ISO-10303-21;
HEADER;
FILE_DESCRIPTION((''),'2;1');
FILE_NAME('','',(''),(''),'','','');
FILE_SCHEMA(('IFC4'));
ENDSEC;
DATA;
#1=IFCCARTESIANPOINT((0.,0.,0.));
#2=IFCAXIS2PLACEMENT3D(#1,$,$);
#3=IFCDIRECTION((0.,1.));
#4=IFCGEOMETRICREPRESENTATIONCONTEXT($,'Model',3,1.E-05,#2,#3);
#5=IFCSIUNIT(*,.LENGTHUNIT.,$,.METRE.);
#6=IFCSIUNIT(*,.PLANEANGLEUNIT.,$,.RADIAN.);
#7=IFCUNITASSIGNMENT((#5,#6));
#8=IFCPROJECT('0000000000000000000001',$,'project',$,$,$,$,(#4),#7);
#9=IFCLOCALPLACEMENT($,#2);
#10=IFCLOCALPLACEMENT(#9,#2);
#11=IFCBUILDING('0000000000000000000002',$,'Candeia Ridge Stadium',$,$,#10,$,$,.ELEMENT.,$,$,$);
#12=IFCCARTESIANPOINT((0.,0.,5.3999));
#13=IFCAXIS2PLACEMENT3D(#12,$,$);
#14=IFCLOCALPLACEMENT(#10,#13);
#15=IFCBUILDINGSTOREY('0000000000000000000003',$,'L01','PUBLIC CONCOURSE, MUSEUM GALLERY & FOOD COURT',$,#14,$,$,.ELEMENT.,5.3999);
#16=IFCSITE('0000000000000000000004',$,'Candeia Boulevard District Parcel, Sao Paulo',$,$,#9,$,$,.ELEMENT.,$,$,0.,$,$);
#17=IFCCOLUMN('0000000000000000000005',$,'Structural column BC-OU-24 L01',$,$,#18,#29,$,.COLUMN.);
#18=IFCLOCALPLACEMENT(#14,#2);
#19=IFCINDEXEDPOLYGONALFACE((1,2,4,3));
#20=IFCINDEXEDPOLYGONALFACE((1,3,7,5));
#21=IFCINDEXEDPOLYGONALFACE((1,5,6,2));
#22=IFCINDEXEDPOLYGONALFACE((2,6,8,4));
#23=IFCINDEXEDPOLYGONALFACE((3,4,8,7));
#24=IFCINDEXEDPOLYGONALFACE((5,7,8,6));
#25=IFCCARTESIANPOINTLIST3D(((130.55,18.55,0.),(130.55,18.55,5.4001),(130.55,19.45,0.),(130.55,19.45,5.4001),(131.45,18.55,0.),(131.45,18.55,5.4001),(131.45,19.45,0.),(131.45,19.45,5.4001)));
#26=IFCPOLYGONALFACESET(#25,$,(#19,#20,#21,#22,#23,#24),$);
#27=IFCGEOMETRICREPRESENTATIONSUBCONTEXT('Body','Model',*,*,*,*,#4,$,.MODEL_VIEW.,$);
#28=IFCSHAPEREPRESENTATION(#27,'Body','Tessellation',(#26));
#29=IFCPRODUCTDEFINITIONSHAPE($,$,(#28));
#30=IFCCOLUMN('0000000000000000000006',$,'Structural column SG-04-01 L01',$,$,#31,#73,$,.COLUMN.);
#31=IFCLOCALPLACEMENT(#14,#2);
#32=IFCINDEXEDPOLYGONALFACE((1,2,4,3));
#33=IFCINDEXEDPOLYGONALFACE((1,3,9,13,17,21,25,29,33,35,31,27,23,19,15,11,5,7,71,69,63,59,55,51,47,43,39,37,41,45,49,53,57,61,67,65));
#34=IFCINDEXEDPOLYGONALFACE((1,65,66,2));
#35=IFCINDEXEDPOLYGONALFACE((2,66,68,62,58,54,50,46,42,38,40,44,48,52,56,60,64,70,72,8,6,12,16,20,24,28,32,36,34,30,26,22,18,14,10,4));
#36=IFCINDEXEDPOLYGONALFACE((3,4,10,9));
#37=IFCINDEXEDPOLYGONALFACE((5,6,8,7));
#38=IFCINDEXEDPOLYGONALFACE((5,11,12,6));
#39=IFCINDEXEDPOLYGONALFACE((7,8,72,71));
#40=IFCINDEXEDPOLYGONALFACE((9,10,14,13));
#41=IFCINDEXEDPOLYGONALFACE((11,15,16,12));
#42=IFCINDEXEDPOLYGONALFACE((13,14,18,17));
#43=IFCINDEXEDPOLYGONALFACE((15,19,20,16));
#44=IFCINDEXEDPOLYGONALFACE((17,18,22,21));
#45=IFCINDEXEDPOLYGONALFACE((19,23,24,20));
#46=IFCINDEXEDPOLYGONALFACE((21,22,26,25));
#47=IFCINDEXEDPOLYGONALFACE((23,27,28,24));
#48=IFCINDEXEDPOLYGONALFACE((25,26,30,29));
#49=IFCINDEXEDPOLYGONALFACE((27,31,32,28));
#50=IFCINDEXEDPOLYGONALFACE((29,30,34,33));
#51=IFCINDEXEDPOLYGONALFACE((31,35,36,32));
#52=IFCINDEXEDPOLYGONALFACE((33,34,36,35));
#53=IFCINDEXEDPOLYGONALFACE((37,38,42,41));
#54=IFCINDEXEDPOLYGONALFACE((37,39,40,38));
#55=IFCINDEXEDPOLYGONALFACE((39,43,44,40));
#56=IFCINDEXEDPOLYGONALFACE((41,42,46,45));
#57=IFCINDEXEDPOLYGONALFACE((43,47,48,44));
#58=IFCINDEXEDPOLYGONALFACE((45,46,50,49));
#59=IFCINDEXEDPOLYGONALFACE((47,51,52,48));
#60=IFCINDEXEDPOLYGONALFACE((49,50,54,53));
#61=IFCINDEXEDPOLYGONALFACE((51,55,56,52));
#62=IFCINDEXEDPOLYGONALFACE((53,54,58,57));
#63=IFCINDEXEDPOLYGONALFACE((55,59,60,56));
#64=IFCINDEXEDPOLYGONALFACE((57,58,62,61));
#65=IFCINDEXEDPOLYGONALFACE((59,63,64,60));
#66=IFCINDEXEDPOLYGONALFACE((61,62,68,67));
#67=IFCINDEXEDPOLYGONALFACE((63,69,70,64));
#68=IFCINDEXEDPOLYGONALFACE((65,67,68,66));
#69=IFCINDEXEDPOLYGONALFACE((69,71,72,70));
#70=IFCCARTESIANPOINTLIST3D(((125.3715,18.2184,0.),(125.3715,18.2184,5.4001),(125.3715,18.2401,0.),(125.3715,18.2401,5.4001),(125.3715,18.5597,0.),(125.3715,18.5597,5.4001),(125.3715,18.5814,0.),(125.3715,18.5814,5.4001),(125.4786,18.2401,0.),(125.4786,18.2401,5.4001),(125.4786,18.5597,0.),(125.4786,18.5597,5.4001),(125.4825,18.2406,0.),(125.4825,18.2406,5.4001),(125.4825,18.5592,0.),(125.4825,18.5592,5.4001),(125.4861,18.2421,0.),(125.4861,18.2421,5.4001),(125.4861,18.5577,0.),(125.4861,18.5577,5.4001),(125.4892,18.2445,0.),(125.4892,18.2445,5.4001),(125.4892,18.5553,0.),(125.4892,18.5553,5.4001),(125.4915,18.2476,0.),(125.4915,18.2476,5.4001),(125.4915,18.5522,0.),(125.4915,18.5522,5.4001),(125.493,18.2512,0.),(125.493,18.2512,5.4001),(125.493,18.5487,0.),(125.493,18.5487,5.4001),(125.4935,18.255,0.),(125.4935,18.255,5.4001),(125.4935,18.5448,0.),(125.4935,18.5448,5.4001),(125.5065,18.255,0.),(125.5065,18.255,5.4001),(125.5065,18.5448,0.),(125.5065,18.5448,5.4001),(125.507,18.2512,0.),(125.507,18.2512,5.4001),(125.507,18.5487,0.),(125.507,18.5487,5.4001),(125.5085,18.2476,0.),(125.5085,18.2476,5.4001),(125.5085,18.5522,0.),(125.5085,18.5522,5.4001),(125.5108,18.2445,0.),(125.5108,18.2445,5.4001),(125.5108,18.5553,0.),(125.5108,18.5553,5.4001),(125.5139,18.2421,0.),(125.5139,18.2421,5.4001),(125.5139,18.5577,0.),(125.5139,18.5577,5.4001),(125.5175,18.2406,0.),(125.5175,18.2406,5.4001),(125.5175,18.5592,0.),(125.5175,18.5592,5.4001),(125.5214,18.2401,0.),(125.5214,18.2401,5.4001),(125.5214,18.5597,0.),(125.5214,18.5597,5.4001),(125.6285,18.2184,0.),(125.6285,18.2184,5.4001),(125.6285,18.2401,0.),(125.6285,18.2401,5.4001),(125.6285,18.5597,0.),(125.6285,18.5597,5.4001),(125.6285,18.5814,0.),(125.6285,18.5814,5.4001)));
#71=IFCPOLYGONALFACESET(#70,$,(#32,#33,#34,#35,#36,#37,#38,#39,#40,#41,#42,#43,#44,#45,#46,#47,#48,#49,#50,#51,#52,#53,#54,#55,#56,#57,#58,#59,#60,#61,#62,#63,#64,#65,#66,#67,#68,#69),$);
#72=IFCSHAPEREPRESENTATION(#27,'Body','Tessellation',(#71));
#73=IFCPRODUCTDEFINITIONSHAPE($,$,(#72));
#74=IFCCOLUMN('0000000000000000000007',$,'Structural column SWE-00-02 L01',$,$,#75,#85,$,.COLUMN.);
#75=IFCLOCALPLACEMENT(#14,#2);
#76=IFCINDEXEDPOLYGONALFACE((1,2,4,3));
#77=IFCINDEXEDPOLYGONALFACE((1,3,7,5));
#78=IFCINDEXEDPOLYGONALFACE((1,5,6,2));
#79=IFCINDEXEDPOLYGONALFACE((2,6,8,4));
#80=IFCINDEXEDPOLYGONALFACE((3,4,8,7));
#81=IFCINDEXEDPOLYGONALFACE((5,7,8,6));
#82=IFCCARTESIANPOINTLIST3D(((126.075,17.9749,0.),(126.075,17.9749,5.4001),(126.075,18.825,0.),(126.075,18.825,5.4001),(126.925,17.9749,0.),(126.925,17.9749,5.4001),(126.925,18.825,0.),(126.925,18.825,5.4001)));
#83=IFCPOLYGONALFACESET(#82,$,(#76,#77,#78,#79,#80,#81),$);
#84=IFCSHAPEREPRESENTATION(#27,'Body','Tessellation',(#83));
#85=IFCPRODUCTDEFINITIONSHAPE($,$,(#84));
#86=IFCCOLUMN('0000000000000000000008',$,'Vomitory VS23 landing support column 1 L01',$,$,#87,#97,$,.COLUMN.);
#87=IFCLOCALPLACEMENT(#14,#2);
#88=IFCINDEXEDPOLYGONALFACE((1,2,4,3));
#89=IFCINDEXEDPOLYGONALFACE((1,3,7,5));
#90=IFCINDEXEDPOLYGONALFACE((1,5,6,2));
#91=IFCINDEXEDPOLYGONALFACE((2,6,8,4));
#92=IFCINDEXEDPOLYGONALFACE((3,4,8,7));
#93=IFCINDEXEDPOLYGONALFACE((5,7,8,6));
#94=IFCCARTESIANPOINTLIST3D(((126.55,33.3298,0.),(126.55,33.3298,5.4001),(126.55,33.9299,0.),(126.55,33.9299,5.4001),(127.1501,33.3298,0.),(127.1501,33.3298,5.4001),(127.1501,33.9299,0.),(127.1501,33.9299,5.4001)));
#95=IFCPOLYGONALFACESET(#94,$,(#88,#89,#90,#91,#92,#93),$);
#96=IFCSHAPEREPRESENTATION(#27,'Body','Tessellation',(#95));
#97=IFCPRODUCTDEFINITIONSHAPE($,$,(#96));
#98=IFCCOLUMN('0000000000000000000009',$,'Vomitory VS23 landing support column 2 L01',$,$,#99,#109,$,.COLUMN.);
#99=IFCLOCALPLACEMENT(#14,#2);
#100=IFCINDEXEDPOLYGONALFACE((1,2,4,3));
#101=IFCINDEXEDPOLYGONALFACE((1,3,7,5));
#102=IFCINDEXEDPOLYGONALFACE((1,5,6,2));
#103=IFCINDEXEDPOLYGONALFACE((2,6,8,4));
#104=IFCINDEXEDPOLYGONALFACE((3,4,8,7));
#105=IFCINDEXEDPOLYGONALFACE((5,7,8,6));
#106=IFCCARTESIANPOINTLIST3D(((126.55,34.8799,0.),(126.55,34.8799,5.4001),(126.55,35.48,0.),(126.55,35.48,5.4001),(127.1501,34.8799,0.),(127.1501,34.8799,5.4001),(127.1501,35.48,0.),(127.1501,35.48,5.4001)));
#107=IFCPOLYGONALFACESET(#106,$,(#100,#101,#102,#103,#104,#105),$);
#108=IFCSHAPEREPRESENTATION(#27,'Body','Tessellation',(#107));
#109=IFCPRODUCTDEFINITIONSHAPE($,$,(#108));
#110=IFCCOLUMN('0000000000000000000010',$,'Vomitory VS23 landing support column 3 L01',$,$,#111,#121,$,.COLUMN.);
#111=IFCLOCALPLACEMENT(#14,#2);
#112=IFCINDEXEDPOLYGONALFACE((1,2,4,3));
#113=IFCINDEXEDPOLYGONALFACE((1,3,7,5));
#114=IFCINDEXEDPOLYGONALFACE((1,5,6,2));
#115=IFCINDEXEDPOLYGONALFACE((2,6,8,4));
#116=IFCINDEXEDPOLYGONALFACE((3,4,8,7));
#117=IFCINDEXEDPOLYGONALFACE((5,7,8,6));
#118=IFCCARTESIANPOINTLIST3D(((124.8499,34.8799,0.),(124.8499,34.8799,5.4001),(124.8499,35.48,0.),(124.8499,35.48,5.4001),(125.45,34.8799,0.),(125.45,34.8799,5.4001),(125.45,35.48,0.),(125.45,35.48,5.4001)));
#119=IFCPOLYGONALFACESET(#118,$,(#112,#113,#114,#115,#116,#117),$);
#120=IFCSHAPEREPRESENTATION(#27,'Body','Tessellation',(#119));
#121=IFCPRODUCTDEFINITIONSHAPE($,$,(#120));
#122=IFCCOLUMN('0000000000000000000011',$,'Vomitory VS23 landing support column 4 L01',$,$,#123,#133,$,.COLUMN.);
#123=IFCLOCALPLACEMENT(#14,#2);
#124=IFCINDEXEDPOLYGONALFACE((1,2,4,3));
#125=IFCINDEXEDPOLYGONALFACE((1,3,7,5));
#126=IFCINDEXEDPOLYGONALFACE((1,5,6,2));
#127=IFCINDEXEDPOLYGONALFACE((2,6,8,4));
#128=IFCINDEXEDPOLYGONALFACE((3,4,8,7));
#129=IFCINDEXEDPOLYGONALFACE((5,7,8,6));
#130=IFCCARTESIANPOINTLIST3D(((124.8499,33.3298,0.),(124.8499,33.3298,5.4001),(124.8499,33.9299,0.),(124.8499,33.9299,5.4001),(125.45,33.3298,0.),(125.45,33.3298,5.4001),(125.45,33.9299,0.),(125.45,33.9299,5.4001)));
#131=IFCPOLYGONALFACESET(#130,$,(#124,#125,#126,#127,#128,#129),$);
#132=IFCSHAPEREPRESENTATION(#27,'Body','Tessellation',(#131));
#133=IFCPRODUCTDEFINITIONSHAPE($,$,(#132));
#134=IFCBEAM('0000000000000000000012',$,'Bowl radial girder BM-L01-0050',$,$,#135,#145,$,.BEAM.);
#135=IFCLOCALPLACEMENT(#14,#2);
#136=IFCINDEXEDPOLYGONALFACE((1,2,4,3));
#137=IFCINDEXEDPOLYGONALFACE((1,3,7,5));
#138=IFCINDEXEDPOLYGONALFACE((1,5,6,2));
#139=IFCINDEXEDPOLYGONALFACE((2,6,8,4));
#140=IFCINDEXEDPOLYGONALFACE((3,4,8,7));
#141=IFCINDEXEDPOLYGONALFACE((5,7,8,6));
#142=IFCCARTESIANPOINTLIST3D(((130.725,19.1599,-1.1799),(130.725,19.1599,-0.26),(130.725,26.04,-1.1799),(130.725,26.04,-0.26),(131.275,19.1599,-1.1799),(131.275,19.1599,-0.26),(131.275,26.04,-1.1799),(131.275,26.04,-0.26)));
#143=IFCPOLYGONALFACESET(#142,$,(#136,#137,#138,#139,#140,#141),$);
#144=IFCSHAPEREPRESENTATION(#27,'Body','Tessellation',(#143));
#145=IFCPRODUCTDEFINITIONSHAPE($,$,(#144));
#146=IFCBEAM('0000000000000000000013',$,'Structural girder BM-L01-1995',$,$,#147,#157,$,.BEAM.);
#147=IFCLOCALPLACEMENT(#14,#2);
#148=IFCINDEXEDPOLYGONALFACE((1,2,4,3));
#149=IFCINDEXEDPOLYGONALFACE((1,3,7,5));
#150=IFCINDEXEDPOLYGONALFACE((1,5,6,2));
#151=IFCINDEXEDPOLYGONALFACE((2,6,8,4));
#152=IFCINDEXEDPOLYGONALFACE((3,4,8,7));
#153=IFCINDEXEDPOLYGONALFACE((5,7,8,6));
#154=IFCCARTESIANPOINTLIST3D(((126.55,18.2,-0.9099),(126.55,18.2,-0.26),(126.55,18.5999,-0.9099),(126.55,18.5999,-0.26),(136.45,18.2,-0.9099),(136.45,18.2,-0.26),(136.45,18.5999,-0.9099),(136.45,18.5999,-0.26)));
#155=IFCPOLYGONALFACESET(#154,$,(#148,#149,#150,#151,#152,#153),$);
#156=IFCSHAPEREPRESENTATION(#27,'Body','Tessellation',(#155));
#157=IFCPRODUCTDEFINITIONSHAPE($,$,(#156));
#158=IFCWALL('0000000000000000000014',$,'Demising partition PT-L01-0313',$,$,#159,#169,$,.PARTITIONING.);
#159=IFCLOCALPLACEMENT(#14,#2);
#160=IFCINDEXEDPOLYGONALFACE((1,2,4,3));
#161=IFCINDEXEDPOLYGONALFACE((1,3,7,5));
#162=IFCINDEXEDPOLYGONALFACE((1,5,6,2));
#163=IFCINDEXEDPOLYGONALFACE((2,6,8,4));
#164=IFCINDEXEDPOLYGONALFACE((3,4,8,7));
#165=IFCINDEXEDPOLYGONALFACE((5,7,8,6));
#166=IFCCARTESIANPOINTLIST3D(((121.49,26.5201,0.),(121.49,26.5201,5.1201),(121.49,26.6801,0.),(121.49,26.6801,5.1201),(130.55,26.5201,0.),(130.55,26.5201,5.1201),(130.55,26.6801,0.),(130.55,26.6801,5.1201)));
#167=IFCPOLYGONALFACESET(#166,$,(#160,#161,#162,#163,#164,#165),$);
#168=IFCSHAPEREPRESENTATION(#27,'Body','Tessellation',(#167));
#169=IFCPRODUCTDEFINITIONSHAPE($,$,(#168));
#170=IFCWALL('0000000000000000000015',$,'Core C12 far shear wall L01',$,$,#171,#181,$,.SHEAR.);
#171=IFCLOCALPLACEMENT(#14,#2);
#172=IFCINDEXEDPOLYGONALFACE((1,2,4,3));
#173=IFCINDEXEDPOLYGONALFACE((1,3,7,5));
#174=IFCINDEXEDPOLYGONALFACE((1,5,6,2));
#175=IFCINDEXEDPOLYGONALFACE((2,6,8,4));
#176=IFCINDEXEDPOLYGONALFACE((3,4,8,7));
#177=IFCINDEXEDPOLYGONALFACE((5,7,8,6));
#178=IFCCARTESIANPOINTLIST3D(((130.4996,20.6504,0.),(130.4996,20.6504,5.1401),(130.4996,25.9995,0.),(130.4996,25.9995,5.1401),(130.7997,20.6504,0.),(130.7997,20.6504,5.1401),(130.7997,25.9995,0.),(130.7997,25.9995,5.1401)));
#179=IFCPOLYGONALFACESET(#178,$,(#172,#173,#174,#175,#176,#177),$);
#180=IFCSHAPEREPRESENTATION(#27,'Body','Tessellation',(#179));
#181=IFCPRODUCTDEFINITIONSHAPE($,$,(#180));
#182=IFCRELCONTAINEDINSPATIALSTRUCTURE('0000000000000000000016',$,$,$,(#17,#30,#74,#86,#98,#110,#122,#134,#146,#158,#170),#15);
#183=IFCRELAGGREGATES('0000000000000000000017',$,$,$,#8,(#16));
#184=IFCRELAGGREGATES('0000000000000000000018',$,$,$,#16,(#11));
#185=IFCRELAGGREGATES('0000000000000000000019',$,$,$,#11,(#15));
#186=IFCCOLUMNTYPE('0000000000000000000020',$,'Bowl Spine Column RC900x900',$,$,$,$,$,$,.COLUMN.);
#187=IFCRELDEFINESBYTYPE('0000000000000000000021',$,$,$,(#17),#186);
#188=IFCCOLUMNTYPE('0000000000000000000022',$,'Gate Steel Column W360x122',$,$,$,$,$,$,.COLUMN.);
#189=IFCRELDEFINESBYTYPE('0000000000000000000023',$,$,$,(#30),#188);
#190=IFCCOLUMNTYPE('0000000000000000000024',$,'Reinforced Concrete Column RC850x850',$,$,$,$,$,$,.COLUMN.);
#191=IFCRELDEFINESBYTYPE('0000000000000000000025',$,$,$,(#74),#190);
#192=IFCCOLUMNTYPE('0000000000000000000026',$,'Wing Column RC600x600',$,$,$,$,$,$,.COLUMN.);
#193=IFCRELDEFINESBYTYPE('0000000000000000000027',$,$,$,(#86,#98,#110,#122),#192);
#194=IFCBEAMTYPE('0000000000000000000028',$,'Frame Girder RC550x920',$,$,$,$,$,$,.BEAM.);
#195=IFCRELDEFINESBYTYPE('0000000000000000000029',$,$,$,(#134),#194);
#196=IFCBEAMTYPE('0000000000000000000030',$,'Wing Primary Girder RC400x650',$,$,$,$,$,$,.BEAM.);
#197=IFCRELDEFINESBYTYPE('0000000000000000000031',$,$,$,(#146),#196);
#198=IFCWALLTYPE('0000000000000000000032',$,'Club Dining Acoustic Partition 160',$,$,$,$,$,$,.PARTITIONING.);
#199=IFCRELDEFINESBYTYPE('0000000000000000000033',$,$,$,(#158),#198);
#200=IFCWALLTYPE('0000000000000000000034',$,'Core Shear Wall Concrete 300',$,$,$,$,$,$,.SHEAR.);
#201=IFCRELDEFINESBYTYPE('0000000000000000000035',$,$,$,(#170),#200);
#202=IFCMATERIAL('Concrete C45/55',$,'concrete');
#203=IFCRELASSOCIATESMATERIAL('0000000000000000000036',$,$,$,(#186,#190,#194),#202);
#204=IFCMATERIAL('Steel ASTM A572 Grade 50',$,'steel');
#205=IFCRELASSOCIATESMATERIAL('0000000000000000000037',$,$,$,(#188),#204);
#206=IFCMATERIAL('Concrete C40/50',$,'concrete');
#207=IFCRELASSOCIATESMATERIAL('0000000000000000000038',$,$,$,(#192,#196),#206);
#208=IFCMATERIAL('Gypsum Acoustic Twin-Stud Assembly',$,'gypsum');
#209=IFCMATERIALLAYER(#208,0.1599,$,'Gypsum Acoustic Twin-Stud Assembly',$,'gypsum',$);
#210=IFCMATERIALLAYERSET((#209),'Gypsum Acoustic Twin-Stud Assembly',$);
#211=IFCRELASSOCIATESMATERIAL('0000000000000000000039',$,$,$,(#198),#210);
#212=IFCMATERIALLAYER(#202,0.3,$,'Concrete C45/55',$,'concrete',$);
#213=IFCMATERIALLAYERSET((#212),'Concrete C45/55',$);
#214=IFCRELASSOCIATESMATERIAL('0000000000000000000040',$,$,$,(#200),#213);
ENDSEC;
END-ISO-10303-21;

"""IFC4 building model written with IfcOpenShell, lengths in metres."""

from ifc_helpers import new_model, si_unit, direction, frame, frame_2d, origin, origin_2d, place, context, subcontext, project, spatial, rectangle, i_section, extrude, material, layer, layer_set, material_profile, profile_set, type_object, element, save


model = new_model("IFC4")

# Units and contexts
model_context = context("Model", 3, precision=1e-05, world=origin(), true_north=direction((0.0, 1.0)))
body_context = subcontext(model_context, "Body", "Model", "MODEL_VIEW")
ifc_project = project(units=[si_unit("LENGTHUNIT", "METRE"), si_unit("PLANEANGLEUNIT", "RADIAN")], contexts=[model_context])

# Site, building, storey
site_placement = place(None, origin())
site = spatial("IfcSite", under=ifc_project, at=site_placement, Name="Candeia Boulevard District Parcel, Sao Paulo", CompositionType="ELEMENT", RefElevation=0.0)
building_placement = place(site_placement, origin())
building = spatial("IfcBuilding", under=site, at=building_placement, Name="Candeia Ridge Stadium", CompositionType="ELEMENT")
storey_placement = place(building_placement, frame((0.0, 0.0, 5.3999)))
storey = spatial("IfcBuildingStorey", under=building, at=storey_placement, Name="L01", Description="PUBLIC CONCOURSE, MUSEUM GALLERY & FOOD COURT", CompositionType="ELEMENT", Elevation=5.3999)

# Columns
ifc_material_1 = material(Name="Concrete C45/55", Category="concrete")
ifc_material_profile_1 = material_profile(ifc_material_1, rectangle(XDim=0.8999, YDim=0.8999, at=origin_2d()), Name="RC900x900", Category="concrete")
ifc_profile_set_1 = profile_set([ifc_material_profile_1], Name="Concrete C45/55")
column_type_1 = type_object("IfcColumnType", Name="Bowl Spine Column RC900x900", PredefinedType="COLUMN", material=ifc_profile_set_1)
column_1_placement = place(storey_placement, frame((131.0, 19.0, 0.0), z_axis=(0.0, 0.0, 1.0), x_axis=(1.0, 0.0, 0.0)))
element("IfcColumn", 1, at=column_1_placement, inside=storey, type_object=column_type_1, Name="Structural column BC-OU-24 L01", PredefinedType="COLUMN", context=body_context, shape_type="SweptSolid", body=[
    extrude(rectangle(XDim=0.8999, YDim=0.8999, at=origin_2d()), origin(), (0.0, 0.0, 1.0), 5.4001),
])
ifc_material_2 = material(Name="Steel ASTM A572 Grade 50", Category="steel")
ifc_material_profile_2 = material_profile(ifc_material_2, i_section(OverallWidth=0.2571, OverallDepth=0.363, WebThickness=0.0129, FlangeThickness=0.0217, FilletRadius=0.0149, at=origin_2d()), Name="W360x122", Category="steel")
ifc_profile_set_2 = profile_set([ifc_material_profile_2], Name="Steel ASTM A572 Grade 50")
column_type_2 = type_object("IfcColumnType", Name="Gate Steel Column W360x122", PredefinedType="COLUMN", material=ifc_profile_set_2)
column_2_placement = place(storey_placement, frame((125.5, 18.3999, 0.0), z_axis=(0.0, 0.0, 1.0), x_axis=(1.0, 0.0, 0.0)))
element("IfcColumn", 2, at=column_2_placement, inside=storey, type_object=column_type_2, Name="Structural column SG-04-01 L01", PredefinedType="COLUMN", context=body_context, shape_type="SweptSolid", body=[
    extrude(i_section(OverallWidth=0.2571, OverallDepth=0.363, WebThickness=0.0129, FlangeThickness=0.0217, FilletRadius=0.0149, at=origin_2d()), origin(), (0.0, 0.0, 1.0), 5.4001),
])
ifc_material_profile_3 = material_profile(ifc_material_1, rectangle(XDim=0.8501, YDim=0.8501, at=origin_2d()), Name="RC850x850", Category="concrete")
ifc_profile_set_3 = profile_set([ifc_material_profile_3], Name="Concrete C45/55")
column_type_3 = type_object("IfcColumnType", Name="Reinforced Concrete Column RC850x850", PredefinedType="COLUMN", material=ifc_profile_set_3)
column_3_placement = place(storey_placement, frame((126.5, 18.3999, 0.0), z_axis=(0.0, 0.0, 1.0), x_axis=(1.0, 0.0, 0.0)))
element("IfcColumn", 3, at=column_3_placement, inside=storey, type_object=column_type_3, Name="Structural column SWE-00-02 L01", PredefinedType="COLUMN", context=body_context, shape_type="SweptSolid", body=[
    extrude(rectangle(XDim=0.8501, YDim=0.8501, at=origin_2d()), origin(), (0.0, 0.0, 1.0), 5.4001),
])
ifc_material_3 = material(Name="Concrete C40/50", Category="concrete")
ifc_material_profile_4 = material_profile(ifc_material_3, rectangle(XDim=0.6001, YDim=0.6001, at=origin_2d()), Name="RC600x600", Category="concrete")
ifc_profile_set_4 = profile_set([ifc_material_profile_4], Name="Concrete C40/50")
column_type_4 = type_object("IfcColumnType", Name="Wing Column RC600x600", PredefinedType="COLUMN", material=ifc_profile_set_4)
for number, where, z_axis, x_axis, name in (
    (4, (126.8501, 33.6299, 0.0), (0.0, 0.0, 1.0), (1.0, 0.0, 0.0), "Vomitory VS23 landing support column 1 L01"),
    (5, (126.8501, 35.1799, 0.0), (0.0, 0.0, 1.0), (1.0, 0.0, 0.0), "Vomitory VS23 landing support column 2 L01"),
    (6, (125.1499, 35.1799, 0.0), (0.0, 0.0, 1.0), (1.0, 0.0, 0.0), "Vomitory VS23 landing support column 3 L01"),
    (7, (125.1499, 33.6299, 0.0), (0.0, 0.0, 1.0), (1.0, 0.0, 0.0), "Vomitory VS23 landing support column 4 L01"),
):
    element("IfcColumn", number, at=place(storey_placement, frame(where, z_axis=z_axis, x_axis=x_axis)), inside=storey, type_object=column_type_4, Name=name, PredefinedType="COLUMN", context=body_context, shape_type="SweptSolid", body=[
        extrude(rectangle(XDim=0.6001, YDim=0.6001, at=origin_2d()), origin(), (0.0, 0.0, 1.0), 5.4001),
    ])

# Beams
ifc_material_profile_5 = material_profile(ifc_material_1, rectangle(XDim=0.55, YDim=0.9199, at=origin_2d()), Name="RC550x920", Category="concrete")
ifc_profile_set_5 = profile_set([ifc_material_profile_5], Name="Concrete C45/55")
beam_type_1 = type_object("IfcBeamType", Name="Frame Girder RC550x920", PredefinedType="BEAM", material=ifc_profile_set_5)
beam_1_placement = place(storey_placement, frame((131.0, 26.04, -0.72), z_axis=(0.0, -1.0, 0.0), x_axis=(1.0, 0.0, 0.0)))
element("IfcBeam", 8, at=beam_1_placement, inside=storey, type_object=beam_type_1, Name="Bowl radial girder BM-L01-0050", PredefinedType="BEAM", context=body_context, shape_type="SweptSolid", body=[
    extrude(rectangle(XDim=0.55, YDim=0.9199, at=origin_2d()), origin(), (0.0, 0.0, 1.0), 6.8801),
])
ifc_material_profile_6 = material_profile(ifc_material_3, rectangle(XDim=0.3999, YDim=0.6499, at=origin_2d()), Name="RC400x650", Category="concrete")
ifc_profile_set_6 = profile_set([ifc_material_profile_6], Name="Concrete C40/50")
beam_type_2 = type_object("IfcBeamType", Name="Wing Primary Girder RC400x650", PredefinedType="BEAM", material=ifc_profile_set_6)
beam_2_placement = place(storey_placement, frame((126.55, 18.3999, -0.585), z_axis=(1.0, 0.0, 0.0), x_axis=(0.0, 1.0, 0.0)))
element("IfcBeam", 9, at=beam_2_placement, inside=storey, type_object=beam_type_2, Name="Structural girder BM-L01-1995", PredefinedType="BEAM", context=body_context, shape_type="SweptSolid", body=[
    extrude(rectangle(XDim=0.3999, YDim=0.6499, at=origin_2d()), origin(), (0.0, 0.0, 1.0), 9.8999),
])

# Walls
ifc_material_4 = material(Name="Gypsum Acoustic Twin-Stud Assembly", Category="gypsum")
ifc_layer_1 = layer(ifc_material_4, 0.1599, Name="Gypsum Acoustic Twin-Stud Assembly", Category="gypsum")
ifc_layer_set_1 = layer_set([ifc_layer_1], Name="Gypsum Acoustic Twin-Stud Assembly")
wall_type_1 = type_object("IfcWallType", Name="Club Dining Acoustic Partition 160", PredefinedType="PARTITIONING", material=ifc_layer_set_1)
wall_1_placement = place(storey_placement, frame((130.55, 26.6001, 0.0), z_axis=(0.0, 0.0, 1.0), x_axis=(-1.0, 0.0, 0.0)))
element("IfcWall", 10, at=wall_1_placement, inside=storey, type_object=wall_type_1, Name="Demising partition PT-L01-0313", PredefinedType="PARTITIONING", context=body_context, shape_type="SweptSolid", body=[
    extrude(rectangle(XDim=9.0601, YDim=0.1599, at=frame_2d((4.53, 0.0))), origin(), (0.0, 0.0, 1.0), 5.1201),
])
ifc_layer_2 = layer(ifc_material_1, 0.3, Name="Concrete C45/55", Category="concrete")
ifc_layer_set_2 = layer_set([ifc_layer_2], Name="Concrete C45/55")
wall_type_2 = type_object("IfcWallType", Name="Core Shear Wall Concrete 300", PredefinedType="SHEAR", material=ifc_layer_set_2)
wall_2_placement = place(storey_placement, frame((130.6497, 20.6504, 0.0), z_axis=(0.0, 0.0, 1.0), x_axis=(0.0, 1.0, 0.0)))
element("IfcWall", 11, at=wall_2_placement, inside=storey, type_object=wall_type_2, Name="Core C12 far shear wall L01", PredefinedType="SHEAR", context=body_context, shape_type="SweptSolid", body=[
    extrude(rectangle(XDim=5.3491, YDim=0.3, at=frame_2d((2.6746, 0.0))), origin(), (0.0, 0.0, 1.0), 5.1401),
])

save(model, "model.ifc")
